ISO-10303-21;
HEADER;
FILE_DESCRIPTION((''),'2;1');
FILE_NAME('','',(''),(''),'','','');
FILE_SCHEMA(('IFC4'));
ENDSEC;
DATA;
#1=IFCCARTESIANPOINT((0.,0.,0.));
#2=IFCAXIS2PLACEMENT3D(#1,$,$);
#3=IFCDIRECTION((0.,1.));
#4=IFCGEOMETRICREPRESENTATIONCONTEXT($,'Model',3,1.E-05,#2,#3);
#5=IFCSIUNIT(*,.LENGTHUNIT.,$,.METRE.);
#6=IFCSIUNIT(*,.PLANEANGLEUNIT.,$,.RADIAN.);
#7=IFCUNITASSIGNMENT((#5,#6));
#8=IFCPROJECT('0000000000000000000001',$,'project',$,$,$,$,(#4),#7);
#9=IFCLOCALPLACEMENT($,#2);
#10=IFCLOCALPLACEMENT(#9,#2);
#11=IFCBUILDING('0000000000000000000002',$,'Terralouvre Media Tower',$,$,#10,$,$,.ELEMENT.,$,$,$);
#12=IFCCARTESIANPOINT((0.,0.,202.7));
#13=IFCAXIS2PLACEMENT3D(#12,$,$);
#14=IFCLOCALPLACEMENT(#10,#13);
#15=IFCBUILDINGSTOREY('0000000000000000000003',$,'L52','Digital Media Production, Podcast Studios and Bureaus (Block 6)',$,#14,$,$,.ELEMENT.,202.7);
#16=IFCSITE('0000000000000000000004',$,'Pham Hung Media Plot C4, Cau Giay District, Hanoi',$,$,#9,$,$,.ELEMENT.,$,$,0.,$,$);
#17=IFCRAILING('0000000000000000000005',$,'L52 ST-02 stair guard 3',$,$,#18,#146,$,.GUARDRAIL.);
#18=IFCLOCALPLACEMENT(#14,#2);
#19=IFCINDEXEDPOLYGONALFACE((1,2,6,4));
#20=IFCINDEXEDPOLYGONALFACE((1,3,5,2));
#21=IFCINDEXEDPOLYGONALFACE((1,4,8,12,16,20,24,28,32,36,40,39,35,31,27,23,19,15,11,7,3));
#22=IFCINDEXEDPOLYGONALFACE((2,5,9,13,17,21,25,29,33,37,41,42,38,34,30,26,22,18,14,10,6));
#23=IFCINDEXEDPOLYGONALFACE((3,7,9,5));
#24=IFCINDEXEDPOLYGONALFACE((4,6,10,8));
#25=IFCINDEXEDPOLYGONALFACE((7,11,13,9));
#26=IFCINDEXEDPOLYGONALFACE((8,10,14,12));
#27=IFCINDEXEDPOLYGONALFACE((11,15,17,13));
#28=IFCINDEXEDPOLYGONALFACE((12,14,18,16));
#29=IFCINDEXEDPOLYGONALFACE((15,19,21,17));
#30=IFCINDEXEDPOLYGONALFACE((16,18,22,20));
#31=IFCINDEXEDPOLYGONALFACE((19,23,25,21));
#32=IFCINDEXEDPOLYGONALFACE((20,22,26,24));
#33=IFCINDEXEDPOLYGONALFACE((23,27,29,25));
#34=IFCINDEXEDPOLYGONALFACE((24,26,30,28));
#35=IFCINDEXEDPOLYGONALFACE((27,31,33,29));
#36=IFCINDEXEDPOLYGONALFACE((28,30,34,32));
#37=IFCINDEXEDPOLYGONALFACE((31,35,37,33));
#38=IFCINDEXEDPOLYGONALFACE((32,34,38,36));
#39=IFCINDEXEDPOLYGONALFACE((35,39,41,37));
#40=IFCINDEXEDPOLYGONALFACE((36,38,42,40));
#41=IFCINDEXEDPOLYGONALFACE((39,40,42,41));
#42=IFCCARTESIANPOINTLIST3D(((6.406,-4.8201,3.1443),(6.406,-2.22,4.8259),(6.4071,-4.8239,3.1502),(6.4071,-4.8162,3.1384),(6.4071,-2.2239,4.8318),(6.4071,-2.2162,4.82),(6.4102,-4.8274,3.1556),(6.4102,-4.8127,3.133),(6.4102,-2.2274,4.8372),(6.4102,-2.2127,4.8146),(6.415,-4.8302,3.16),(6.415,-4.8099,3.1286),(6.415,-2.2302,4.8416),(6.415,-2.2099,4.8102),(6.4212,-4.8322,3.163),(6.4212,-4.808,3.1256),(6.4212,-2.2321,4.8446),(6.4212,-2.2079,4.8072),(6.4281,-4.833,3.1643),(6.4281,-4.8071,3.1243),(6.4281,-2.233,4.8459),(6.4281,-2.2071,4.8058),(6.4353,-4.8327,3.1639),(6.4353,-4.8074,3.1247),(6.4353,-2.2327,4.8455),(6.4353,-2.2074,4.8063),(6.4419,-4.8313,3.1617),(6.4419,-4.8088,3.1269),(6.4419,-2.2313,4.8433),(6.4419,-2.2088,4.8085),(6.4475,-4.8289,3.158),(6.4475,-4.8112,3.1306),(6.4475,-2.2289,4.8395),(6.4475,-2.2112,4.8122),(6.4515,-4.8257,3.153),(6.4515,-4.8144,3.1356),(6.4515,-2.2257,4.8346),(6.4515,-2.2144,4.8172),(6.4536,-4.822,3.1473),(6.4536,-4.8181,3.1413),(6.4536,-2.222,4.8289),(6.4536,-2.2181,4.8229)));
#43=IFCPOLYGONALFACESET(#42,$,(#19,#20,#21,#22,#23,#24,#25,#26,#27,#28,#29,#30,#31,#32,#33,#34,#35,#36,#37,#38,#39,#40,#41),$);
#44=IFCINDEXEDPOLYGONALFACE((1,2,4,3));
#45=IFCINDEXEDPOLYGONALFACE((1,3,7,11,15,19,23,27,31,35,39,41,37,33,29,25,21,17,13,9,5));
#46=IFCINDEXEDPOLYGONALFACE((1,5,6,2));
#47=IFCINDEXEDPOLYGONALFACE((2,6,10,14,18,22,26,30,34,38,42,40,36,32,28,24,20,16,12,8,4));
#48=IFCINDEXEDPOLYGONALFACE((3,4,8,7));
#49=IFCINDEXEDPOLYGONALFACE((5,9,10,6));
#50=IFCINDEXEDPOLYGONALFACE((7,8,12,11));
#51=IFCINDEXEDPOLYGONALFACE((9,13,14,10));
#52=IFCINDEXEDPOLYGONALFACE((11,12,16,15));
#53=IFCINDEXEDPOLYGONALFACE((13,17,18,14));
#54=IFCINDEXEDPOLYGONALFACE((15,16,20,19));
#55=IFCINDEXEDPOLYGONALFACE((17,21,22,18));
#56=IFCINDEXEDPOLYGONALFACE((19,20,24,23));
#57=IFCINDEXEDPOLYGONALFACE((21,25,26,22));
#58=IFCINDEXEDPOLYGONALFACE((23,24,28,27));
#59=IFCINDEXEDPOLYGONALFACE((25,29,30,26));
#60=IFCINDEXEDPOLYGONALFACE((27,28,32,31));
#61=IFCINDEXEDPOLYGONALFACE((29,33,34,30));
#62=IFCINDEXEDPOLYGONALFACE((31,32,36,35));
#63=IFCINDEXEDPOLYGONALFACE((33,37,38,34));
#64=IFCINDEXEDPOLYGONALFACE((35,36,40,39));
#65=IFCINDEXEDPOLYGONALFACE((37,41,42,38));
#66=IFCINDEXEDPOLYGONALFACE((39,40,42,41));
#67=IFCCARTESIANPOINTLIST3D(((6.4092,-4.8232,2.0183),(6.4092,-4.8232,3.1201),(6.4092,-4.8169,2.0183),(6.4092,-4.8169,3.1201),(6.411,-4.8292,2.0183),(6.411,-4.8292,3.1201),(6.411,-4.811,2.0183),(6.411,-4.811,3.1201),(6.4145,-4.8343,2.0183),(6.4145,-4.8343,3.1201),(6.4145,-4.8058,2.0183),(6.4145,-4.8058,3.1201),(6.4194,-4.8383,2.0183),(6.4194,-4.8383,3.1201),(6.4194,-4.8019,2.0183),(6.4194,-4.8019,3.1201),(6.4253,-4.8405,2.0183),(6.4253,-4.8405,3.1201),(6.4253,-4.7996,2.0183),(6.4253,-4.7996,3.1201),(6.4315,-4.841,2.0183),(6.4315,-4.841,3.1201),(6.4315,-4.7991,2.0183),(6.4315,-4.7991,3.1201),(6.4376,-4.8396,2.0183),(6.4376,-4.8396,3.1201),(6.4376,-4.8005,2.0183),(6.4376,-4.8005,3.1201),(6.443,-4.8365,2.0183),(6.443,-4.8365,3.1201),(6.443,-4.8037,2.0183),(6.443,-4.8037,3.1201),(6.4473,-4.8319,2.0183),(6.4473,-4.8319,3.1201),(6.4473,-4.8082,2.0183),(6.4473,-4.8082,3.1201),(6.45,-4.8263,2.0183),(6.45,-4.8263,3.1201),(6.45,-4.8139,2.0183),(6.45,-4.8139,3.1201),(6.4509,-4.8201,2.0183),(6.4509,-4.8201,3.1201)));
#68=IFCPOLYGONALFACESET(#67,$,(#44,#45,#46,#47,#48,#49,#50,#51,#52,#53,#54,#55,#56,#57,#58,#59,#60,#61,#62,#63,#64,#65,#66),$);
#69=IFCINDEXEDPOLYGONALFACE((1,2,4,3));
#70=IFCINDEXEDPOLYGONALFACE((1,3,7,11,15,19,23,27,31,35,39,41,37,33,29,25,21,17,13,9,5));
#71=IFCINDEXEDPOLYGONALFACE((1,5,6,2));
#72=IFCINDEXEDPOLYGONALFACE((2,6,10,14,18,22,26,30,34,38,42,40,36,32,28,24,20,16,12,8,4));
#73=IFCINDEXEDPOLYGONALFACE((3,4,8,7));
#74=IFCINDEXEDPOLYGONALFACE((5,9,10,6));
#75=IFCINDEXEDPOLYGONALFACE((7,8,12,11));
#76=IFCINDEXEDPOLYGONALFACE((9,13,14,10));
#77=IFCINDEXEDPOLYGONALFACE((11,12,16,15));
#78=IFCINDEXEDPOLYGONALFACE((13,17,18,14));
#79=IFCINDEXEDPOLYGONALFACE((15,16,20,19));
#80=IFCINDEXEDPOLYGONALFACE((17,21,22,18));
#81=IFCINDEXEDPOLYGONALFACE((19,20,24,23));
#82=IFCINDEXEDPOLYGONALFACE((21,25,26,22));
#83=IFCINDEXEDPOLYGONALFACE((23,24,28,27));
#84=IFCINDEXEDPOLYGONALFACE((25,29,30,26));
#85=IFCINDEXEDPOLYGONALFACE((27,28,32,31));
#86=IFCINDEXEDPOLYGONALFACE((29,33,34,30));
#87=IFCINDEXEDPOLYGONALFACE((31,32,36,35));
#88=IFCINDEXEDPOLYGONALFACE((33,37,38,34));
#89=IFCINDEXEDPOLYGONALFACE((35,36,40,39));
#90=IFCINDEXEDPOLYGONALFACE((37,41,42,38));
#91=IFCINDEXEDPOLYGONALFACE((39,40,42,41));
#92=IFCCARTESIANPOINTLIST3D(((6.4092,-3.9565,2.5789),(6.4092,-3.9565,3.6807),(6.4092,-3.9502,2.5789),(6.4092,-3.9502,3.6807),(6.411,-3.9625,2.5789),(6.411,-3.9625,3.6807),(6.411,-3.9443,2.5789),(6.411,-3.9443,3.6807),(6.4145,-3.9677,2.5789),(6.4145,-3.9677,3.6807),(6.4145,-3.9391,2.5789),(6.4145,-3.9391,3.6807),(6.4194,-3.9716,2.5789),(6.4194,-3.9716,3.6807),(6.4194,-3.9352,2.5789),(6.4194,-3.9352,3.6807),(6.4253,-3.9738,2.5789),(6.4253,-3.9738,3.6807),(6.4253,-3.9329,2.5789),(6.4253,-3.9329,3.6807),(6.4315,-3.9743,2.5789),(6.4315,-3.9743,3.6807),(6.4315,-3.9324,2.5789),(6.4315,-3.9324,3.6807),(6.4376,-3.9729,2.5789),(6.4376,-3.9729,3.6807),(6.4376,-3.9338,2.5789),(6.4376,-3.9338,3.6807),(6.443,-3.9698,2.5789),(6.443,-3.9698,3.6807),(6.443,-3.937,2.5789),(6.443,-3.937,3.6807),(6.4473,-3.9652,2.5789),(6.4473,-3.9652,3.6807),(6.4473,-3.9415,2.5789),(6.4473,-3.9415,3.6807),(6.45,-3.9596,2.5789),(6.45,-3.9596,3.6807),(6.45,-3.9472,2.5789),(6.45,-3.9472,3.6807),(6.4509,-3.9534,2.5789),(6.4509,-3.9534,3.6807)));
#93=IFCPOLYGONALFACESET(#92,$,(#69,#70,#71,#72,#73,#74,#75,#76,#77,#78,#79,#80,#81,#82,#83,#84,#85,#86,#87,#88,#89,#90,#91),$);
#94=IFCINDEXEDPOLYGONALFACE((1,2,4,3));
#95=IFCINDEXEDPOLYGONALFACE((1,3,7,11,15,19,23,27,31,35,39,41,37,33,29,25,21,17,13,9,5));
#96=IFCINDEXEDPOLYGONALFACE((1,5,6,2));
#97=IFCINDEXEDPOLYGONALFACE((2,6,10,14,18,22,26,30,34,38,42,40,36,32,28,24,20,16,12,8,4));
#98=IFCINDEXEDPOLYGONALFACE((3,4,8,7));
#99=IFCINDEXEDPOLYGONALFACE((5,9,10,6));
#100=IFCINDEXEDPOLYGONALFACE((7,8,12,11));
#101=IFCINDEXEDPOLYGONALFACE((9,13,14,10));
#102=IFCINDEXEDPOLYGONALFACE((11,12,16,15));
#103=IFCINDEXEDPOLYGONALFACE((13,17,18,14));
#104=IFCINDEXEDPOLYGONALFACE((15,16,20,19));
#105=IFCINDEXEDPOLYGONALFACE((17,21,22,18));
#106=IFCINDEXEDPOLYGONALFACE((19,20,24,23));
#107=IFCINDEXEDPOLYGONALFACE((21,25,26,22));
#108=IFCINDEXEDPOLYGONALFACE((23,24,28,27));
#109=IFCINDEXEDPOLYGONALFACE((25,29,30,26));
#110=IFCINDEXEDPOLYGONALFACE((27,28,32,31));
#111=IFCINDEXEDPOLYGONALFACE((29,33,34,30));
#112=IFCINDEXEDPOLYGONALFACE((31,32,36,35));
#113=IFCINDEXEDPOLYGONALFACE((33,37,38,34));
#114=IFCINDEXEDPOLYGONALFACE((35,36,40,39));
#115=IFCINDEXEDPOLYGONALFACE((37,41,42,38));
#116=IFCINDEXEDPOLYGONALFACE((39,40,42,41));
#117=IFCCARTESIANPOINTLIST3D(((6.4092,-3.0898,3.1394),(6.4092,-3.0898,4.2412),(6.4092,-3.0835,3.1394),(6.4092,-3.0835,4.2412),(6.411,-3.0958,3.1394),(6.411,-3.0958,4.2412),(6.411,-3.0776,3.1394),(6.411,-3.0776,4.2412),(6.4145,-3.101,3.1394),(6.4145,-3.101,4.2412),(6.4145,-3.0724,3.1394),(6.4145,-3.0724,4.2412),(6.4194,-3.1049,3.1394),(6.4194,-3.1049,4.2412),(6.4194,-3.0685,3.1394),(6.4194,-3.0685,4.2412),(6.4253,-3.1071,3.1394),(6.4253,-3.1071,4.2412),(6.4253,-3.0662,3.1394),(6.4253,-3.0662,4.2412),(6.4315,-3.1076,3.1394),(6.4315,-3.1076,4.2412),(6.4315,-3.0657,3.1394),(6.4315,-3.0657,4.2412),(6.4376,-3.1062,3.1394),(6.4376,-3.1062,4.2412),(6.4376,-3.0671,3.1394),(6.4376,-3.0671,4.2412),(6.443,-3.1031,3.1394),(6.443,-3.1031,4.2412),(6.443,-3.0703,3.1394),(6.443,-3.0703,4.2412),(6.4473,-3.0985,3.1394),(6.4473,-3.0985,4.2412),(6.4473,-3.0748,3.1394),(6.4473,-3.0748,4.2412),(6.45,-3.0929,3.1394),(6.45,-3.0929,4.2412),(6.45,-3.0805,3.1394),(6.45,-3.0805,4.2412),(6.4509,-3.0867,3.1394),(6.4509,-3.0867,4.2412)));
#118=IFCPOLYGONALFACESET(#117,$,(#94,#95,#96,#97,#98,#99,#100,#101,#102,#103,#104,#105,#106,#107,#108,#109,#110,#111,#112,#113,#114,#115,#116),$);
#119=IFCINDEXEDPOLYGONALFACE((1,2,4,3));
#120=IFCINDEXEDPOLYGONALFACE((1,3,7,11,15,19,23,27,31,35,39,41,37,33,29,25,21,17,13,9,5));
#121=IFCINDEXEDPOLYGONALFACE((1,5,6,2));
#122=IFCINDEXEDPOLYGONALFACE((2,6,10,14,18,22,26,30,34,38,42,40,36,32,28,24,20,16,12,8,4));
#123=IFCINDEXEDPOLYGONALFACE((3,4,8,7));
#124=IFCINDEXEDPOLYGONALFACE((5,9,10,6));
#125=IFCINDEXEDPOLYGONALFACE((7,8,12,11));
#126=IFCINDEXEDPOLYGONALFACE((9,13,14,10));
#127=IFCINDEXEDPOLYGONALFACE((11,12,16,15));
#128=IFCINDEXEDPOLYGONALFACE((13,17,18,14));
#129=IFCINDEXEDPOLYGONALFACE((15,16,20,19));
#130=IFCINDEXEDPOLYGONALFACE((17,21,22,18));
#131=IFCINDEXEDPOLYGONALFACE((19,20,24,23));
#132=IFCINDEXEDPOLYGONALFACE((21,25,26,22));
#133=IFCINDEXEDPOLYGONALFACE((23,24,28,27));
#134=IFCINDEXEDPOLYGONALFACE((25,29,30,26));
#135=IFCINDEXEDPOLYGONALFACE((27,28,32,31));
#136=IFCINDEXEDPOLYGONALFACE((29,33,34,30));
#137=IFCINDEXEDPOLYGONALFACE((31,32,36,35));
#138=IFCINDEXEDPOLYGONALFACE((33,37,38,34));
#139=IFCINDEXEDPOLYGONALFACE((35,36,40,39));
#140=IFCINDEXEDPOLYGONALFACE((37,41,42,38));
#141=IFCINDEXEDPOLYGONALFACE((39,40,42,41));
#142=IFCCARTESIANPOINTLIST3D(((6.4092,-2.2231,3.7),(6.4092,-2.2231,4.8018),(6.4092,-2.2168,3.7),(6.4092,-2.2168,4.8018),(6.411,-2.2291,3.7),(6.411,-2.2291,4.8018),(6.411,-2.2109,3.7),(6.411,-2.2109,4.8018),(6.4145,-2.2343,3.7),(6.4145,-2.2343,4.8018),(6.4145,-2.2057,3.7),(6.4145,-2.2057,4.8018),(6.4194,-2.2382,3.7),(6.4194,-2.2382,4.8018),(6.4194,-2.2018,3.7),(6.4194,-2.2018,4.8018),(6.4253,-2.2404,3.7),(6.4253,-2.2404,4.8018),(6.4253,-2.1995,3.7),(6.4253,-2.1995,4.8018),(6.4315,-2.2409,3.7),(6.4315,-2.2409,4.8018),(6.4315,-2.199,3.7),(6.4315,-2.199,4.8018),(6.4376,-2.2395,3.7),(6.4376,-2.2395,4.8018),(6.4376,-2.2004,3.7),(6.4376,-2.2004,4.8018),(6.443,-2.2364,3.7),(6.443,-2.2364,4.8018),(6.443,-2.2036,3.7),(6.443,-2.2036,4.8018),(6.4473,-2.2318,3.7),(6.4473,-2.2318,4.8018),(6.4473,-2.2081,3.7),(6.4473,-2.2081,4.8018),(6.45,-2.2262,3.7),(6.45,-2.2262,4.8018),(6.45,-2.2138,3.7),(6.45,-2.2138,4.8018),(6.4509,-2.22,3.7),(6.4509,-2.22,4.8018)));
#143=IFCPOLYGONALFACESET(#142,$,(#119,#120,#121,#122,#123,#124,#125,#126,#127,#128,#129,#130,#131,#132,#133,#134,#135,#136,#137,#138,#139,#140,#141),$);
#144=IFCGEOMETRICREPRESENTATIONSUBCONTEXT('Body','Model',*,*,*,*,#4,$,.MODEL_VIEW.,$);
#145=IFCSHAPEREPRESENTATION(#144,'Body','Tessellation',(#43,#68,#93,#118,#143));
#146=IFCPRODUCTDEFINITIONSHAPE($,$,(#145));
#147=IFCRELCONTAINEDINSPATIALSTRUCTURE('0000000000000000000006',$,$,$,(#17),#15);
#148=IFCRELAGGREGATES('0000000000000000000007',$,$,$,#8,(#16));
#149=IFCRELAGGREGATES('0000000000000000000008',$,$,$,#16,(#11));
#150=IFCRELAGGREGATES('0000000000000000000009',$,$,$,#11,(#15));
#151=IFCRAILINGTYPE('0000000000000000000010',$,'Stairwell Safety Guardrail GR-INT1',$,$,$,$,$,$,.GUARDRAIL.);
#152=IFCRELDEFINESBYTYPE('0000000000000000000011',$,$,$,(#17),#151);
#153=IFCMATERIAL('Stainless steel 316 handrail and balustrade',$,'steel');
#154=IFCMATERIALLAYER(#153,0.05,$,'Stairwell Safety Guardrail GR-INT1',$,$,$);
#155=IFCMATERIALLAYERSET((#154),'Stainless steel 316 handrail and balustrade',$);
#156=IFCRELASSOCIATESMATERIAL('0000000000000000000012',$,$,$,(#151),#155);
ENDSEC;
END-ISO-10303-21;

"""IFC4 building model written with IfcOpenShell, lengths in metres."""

from ifc_helpers import new_model, si_unit, direction, frame, origin, origin_2d, place, context, subcontext, project, spatial, circle, extrude, material, layer, layer_set, type_object, element, save


model = new_model("IFC4")

# Units and contexts
model_context = context("Model", 3, precision=1e-05, world=origin(), true_north=direction((0.0, 1.0)))
body_context = subcontext(model_context, "Body", "Model", "MODEL_VIEW")
ifc_project = project(units=[si_unit("LENGTHUNIT", "METRE"), si_unit("PLANEANGLEUNIT", "RADIAN")], contexts=[model_context])

# Site, building, storey
site_placement = place(None, origin())
site = spatial("IfcSite", under=ifc_project, at=site_placement, Name="Pham Hung Media Plot C4, Cau Giay District, Hanoi", CompositionType="ELEMENT", RefElevation=0.0)
building_placement = place(site_placement, origin())
building = spatial("IfcBuilding", under=site, at=building_placement, Name="Terralouvre Media Tower", CompositionType="ELEMENT")
storey_placement = place(building_placement, frame((0.0, 0.0, 202.7)))
storey = spatial("IfcBuildingStorey", under=building, at=storey_placement, Name="L52", Description="Digital Media Production, Podcast Studios and Bureaus (Block 6)", CompositionType="ELEMENT", Elevation=202.7)

# Railing
ifc_material_1 = material(Name="Stainless steel 316 handrail and balustrade", Category="steel")
ifc_layer_1 = layer(ifc_material_1, 0.05, Name="Stairwell Safety Guardrail GR-INT1")
ifc_layer_set_1 = layer_set([ifc_layer_1], Name="Stainless steel 316 handrail and balustrade")
railing_type_1 = type_object("IfcRailingType", Name="Stairwell Safety Guardrail GR-INT1", PredefinedType="GUARDRAIL", material=ifc_layer_set_1)
railing_1_placement = place(storey_placement, frame((6.4299, -4.8201, 2.0183)))
element("IfcRailing", 1, at=railing_1_placement, inside=storey, type_object=railing_type_1, Name="L52 ST-02 stair guard 3", PredefinedType="GUARDRAIL", context=body_context, shape_type="SweptSolid", body=[
    extrude(circle(Radius=0.0239, at=origin_2d()), frame((0.0, 0.0, 1.126), z_axis=(0.0, 0.839684, 0.543075), x_axis=(-1.0, 0.0, 0.0)), (0.0, 0.0, 1.0), 3.0964),
    extrude(circle(Radius=0.021, at=origin_2d()), origin(), (0.0, 0.0, 1.0), 1.1018),
    extrude(circle(Radius=0.021, at=origin_2d()), frame((0.0, 0.8667, 0.5605)), (0.0, 0.0, 1.0), 1.1018),
    extrude(circle(Radius=0.021, at=origin_2d()), frame((0.0, 1.7334, 1.1211)), (0.0, 0.0, 1.0), 1.1018),
    extrude(circle(Radius=0.021, at=origin_2d()), frame((0.0, 2.6001, 1.6816)), (0.0, 0.0, 1.0), 1.1018),
])

save(model, "model.ifc")
